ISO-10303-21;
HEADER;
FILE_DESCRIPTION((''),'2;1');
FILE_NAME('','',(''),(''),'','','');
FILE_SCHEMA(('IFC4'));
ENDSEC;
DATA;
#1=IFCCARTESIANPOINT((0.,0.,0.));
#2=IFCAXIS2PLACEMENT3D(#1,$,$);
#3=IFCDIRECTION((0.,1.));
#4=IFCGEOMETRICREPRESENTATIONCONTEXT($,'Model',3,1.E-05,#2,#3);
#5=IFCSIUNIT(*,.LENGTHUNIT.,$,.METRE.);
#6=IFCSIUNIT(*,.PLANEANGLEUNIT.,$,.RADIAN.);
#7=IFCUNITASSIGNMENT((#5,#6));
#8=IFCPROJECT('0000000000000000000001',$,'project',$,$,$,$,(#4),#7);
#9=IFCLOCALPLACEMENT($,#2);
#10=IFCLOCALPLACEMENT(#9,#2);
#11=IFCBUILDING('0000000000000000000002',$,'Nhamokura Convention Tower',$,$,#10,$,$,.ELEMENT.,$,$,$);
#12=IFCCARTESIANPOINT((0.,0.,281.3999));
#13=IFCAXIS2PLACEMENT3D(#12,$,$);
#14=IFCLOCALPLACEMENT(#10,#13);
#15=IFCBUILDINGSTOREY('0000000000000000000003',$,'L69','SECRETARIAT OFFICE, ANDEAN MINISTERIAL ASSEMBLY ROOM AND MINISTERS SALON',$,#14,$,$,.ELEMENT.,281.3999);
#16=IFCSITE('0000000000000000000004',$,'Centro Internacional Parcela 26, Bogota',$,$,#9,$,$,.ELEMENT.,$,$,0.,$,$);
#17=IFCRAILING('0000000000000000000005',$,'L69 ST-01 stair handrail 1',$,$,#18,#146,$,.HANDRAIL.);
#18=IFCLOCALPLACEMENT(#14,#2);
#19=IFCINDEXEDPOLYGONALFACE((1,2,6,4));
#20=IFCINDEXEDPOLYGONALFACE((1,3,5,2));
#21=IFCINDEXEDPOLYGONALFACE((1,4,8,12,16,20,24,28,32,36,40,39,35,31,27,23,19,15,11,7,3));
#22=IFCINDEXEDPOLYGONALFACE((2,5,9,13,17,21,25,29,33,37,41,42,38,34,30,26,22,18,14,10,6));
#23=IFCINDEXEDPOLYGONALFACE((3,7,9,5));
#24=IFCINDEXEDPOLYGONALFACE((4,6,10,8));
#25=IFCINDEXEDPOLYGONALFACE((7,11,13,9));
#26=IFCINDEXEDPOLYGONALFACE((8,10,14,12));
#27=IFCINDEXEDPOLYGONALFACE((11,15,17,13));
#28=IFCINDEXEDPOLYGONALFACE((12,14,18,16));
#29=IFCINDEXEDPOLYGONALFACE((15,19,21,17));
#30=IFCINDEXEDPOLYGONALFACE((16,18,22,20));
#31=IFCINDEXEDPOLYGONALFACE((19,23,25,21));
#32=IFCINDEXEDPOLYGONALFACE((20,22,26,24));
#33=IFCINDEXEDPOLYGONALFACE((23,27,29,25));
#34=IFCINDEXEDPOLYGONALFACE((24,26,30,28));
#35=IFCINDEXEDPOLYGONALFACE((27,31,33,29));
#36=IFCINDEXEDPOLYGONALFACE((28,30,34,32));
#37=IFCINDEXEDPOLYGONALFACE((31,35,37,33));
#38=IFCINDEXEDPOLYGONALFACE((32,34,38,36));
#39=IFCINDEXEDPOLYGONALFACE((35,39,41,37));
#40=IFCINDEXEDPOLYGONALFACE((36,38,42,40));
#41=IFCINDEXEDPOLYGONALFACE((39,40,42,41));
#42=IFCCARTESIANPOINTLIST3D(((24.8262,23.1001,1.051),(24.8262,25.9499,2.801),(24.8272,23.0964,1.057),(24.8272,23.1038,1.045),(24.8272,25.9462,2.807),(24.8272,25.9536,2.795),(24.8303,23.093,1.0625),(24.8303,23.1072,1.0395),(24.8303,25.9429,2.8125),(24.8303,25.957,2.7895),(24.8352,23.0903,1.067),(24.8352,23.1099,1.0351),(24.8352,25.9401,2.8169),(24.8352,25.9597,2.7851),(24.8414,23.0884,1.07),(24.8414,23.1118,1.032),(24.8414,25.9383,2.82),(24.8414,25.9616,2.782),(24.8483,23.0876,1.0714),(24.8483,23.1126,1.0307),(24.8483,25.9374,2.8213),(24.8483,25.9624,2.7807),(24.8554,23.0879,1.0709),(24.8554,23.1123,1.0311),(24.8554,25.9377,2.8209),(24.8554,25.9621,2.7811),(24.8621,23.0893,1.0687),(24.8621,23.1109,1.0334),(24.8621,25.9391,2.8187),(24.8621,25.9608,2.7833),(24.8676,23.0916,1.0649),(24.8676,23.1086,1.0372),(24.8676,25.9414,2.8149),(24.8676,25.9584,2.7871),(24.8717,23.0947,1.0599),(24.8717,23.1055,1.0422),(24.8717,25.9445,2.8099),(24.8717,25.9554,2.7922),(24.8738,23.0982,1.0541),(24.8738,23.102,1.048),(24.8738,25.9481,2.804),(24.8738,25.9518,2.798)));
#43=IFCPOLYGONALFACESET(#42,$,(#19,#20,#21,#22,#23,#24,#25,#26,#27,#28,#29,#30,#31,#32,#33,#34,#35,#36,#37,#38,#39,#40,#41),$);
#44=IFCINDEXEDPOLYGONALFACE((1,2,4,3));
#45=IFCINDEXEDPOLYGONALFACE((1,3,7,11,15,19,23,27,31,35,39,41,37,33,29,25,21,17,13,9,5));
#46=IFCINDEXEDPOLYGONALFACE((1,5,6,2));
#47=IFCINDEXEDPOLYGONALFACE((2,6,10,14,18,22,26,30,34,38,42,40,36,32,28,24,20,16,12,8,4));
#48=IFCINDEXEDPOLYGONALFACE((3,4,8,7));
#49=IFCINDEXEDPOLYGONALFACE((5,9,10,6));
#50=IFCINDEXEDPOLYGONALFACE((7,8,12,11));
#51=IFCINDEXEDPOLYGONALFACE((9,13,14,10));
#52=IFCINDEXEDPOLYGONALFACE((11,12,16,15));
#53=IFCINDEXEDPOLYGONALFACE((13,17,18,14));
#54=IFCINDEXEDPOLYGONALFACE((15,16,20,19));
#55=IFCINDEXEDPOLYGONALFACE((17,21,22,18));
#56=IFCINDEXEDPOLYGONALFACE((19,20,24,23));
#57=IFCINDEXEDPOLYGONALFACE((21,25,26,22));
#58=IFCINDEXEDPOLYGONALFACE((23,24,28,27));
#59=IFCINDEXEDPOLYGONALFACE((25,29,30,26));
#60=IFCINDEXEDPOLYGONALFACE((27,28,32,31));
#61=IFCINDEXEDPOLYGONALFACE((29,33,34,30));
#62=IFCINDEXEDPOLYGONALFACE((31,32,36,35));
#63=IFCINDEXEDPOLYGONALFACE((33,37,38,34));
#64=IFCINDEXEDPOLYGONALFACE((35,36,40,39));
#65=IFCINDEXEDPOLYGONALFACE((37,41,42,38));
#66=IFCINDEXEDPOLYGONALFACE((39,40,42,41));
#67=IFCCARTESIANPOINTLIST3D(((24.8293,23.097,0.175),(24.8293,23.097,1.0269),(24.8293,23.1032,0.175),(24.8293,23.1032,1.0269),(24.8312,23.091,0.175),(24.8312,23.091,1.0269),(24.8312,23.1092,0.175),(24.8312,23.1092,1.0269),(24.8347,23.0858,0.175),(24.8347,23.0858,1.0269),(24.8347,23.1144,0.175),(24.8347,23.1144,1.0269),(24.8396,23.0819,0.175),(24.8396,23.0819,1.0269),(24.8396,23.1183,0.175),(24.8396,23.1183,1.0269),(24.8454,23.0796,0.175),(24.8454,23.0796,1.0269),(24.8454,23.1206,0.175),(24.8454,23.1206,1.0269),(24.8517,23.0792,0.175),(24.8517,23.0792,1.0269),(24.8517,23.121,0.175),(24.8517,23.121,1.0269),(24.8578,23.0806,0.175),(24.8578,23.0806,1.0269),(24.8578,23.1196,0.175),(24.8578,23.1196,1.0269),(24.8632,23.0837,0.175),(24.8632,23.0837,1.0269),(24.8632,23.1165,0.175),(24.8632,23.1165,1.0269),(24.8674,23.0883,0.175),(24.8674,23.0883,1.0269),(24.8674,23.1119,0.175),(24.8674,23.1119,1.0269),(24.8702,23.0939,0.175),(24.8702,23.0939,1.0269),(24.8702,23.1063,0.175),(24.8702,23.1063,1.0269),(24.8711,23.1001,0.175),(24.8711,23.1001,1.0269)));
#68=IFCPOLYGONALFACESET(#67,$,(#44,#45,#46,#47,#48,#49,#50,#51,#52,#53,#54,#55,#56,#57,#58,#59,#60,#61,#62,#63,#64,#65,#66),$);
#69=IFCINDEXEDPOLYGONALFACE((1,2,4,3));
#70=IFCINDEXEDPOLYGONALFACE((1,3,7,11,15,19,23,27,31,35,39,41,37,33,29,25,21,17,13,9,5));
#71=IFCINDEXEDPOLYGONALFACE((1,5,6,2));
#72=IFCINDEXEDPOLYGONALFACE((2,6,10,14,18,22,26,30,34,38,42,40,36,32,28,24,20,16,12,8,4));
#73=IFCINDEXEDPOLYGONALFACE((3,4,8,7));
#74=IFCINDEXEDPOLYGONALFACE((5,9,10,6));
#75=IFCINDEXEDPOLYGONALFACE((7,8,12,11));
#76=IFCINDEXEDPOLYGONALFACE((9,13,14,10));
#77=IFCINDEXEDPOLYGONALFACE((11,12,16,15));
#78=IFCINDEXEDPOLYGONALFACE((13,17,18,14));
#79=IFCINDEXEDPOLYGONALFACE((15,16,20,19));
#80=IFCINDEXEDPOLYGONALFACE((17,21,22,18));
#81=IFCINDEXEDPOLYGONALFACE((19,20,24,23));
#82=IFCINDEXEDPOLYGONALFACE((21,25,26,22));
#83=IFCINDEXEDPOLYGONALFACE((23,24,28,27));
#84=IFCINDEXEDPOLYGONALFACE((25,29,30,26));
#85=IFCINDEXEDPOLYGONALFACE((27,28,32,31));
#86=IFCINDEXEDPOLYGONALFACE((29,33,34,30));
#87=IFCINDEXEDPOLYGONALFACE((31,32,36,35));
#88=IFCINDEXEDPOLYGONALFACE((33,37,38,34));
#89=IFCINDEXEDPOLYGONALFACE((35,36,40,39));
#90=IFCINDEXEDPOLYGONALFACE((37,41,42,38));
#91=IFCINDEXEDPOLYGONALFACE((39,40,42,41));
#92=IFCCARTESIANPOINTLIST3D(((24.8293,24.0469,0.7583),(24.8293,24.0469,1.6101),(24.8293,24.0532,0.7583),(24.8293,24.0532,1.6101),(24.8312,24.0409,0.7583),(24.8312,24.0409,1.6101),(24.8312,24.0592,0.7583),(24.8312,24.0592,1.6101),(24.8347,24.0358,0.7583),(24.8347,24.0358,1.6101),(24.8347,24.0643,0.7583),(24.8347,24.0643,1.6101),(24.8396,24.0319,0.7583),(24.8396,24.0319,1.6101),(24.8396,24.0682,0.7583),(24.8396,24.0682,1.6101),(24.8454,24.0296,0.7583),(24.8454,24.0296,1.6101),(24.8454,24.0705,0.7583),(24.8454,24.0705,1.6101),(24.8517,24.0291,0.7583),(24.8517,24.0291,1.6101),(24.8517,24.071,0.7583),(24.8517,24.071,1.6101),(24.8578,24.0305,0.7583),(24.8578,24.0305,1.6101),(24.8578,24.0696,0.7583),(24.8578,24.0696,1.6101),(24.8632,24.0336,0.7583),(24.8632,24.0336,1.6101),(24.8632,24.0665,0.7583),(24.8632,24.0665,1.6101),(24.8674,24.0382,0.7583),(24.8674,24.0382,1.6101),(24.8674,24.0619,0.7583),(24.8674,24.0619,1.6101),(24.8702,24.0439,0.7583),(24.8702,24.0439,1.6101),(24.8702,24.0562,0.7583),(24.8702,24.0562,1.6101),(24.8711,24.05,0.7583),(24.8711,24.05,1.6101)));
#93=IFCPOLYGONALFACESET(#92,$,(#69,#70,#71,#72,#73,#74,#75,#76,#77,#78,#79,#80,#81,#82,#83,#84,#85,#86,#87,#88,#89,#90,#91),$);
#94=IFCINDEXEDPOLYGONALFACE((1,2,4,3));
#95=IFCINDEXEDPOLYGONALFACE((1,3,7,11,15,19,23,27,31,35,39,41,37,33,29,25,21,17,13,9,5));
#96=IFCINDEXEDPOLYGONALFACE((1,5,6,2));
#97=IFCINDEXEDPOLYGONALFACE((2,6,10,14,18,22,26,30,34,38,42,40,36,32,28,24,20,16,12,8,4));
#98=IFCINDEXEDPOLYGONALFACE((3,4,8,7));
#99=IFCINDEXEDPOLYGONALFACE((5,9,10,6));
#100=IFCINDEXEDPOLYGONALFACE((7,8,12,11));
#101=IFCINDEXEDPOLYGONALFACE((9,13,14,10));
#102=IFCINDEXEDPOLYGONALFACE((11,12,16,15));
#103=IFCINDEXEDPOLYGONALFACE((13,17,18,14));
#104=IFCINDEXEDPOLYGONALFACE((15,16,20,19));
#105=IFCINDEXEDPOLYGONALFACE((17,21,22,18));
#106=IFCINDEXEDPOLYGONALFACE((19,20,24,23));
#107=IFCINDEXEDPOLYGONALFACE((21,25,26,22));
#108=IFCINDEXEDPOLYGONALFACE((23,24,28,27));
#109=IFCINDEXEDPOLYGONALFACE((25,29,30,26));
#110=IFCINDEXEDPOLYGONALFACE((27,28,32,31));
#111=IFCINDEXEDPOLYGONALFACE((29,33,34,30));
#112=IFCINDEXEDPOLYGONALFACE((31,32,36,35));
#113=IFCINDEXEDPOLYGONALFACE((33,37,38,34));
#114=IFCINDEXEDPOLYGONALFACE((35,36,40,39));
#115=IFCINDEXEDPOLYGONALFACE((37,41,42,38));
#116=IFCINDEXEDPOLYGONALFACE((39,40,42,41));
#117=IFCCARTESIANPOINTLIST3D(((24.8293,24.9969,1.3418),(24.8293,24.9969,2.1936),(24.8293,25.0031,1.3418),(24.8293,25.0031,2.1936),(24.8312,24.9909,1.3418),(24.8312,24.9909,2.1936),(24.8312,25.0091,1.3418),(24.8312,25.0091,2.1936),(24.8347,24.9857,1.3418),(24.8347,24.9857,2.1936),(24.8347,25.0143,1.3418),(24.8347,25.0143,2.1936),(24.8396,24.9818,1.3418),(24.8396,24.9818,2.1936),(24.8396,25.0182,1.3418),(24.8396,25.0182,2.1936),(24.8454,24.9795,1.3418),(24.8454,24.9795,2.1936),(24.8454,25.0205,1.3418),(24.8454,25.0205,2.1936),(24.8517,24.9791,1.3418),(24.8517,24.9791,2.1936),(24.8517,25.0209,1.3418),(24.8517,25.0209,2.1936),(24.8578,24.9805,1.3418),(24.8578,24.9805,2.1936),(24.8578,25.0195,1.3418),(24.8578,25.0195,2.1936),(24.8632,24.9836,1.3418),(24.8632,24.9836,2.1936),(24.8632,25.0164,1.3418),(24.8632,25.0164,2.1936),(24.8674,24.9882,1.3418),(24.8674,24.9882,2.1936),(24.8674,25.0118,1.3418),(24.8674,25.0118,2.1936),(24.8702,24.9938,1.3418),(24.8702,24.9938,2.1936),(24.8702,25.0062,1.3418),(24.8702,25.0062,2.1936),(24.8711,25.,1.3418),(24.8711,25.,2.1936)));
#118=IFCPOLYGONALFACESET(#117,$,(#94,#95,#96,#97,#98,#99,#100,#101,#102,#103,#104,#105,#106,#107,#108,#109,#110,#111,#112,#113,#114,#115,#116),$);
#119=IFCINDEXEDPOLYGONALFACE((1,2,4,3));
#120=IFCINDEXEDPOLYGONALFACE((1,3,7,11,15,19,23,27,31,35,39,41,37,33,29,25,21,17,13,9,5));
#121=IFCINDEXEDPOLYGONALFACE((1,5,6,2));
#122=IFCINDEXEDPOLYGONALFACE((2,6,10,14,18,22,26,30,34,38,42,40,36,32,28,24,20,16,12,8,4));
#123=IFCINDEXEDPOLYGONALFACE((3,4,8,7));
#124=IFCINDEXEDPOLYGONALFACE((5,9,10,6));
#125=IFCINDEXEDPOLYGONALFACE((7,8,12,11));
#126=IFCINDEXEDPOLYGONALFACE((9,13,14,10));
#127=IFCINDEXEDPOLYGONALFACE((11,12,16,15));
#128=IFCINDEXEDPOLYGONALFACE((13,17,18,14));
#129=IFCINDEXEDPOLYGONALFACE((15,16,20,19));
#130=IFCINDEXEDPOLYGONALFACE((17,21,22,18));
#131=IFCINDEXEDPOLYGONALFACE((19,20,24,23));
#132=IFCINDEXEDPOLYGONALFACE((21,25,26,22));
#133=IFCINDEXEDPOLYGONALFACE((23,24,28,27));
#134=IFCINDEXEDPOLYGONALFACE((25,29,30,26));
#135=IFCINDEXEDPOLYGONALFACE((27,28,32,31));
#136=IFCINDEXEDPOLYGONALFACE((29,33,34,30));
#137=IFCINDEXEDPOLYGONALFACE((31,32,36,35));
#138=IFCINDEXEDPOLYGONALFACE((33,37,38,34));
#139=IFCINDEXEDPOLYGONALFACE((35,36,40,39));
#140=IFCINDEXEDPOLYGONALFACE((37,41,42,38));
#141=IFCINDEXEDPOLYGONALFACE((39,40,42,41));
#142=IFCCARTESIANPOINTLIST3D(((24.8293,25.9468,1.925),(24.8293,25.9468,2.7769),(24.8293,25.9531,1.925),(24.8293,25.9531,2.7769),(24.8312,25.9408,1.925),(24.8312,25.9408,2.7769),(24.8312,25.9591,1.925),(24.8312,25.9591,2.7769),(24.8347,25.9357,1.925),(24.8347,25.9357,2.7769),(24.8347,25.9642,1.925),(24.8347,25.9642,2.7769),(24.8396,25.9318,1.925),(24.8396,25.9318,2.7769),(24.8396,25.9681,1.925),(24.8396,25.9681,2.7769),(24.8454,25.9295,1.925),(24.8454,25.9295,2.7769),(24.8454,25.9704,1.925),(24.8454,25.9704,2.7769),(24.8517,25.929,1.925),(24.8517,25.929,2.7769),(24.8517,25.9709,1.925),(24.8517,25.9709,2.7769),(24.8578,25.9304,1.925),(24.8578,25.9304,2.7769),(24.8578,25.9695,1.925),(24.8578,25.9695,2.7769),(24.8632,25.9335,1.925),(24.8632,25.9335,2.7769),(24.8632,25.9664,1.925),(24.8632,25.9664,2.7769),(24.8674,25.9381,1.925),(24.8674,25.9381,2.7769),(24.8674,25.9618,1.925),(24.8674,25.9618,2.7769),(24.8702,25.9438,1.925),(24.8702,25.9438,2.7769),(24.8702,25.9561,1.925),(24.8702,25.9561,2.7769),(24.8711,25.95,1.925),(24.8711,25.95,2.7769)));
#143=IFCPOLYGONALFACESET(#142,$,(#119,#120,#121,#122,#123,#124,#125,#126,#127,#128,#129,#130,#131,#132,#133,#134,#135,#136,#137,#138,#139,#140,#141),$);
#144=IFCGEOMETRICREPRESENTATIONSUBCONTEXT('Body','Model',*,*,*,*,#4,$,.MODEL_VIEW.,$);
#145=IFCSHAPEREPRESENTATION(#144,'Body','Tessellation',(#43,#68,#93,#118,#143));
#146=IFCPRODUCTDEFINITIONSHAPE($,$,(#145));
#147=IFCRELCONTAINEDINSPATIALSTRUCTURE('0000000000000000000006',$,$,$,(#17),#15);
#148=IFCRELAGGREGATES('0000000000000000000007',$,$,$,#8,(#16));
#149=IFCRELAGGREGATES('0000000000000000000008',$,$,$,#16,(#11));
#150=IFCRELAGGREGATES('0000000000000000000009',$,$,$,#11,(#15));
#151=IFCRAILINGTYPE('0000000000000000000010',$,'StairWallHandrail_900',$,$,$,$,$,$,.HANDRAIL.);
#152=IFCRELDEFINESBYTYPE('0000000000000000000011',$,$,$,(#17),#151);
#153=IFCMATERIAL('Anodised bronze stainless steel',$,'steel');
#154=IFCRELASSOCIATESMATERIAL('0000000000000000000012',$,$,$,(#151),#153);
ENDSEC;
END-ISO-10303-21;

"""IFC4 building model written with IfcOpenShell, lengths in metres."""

from ifc_helpers import new_model, si_unit, direction, frame, origin, origin_2d, place, context, subcontext, project, spatial, circle, extrude, material, type_object, element, save


model = new_model("IFC4")

# Units and contexts
model_context = context("Model", 3, precision=1e-05, world=origin(), true_north=direction((0.0, 1.0)))
body_context = subcontext(model_context, "Body", "Model", "MODEL_VIEW")
ifc_project = project(units=[si_unit("LENGTHUNIT", "METRE"), si_unit("PLANEANGLEUNIT", "RADIAN")], contexts=[model_context])

# Site, building, storey
site_placement = place(None, origin())
site = spatial("IfcSite", under=ifc_project, at=site_placement, Name="Centro Internacional Parcela 26, Bogota", CompositionType="ELEMENT", RefElevation=0.0)
building_placement = place(site_placement, origin())
building = spatial("IfcBuilding", under=site, at=building_placement, Name="Nhamokura Convention Tower", CompositionType="ELEMENT")
storey_placement = place(building_placement, frame((0.0, 0.0, 281.3999)))
storey = spatial("IfcBuildingStorey", under=building, at=storey_placement, Name="L69", Description="SECRETARIAT OFFICE, ANDEAN MINISTERIAL ASSEMBLY ROOM AND MINISTERS SALON", CompositionType="ELEMENT", Elevation=281.3999)

# Railing
ifc_material_1 = material(Name="Anodised bronze stainless steel", Category="steel")
railing_type_1 = type_object("IfcRailingType", Name="StairWallHandrail_900", PredefinedType="HANDRAIL", material=ifc_material_1)
railing_1_placement = place(storey_placement, frame((24.8501, 23.1001, 0.175)))
element("IfcRailing", 1, at=railing_1_placement, inside=storey, type_object=railing_type_1, Name="L69 ST-01 stair handrail 1", PredefinedType="HANDRAIL", context=body_context, shape_type="SweptSolid", body=[
    extrude(circle(Radius=0.0239, at=origin_2d()), frame((0.0, 0.0, 0.876), z_axis=(0.0, 0.852159, 0.523283), x_axis=(-1.0, 0.0, 0.0)), (0.0, 0.0, 1.0), 3.3442),
    extrude(circle(Radius=0.021, at=origin_2d()), origin(), (0.0, 0.0, 1.0), 0.8518),
    extrude(circle(Radius=0.021, at=origin_2d()), frame((0.0, 0.95, 0.5833)), (0.0, 0.0, 1.0), 0.8518),
    extrude(circle(Radius=0.021, at=origin_2d()), frame((0.0, 1.8999, 1.1667)), (0.0, 0.0, 1.0), 0.8518),
    extrude(circle(Radius=0.021, at=origin_2d()), frame((0.0, 2.8499, 1.75)), (0.0, 0.0, 1.0), 0.8518),
])

save(model, "model.ifc")
